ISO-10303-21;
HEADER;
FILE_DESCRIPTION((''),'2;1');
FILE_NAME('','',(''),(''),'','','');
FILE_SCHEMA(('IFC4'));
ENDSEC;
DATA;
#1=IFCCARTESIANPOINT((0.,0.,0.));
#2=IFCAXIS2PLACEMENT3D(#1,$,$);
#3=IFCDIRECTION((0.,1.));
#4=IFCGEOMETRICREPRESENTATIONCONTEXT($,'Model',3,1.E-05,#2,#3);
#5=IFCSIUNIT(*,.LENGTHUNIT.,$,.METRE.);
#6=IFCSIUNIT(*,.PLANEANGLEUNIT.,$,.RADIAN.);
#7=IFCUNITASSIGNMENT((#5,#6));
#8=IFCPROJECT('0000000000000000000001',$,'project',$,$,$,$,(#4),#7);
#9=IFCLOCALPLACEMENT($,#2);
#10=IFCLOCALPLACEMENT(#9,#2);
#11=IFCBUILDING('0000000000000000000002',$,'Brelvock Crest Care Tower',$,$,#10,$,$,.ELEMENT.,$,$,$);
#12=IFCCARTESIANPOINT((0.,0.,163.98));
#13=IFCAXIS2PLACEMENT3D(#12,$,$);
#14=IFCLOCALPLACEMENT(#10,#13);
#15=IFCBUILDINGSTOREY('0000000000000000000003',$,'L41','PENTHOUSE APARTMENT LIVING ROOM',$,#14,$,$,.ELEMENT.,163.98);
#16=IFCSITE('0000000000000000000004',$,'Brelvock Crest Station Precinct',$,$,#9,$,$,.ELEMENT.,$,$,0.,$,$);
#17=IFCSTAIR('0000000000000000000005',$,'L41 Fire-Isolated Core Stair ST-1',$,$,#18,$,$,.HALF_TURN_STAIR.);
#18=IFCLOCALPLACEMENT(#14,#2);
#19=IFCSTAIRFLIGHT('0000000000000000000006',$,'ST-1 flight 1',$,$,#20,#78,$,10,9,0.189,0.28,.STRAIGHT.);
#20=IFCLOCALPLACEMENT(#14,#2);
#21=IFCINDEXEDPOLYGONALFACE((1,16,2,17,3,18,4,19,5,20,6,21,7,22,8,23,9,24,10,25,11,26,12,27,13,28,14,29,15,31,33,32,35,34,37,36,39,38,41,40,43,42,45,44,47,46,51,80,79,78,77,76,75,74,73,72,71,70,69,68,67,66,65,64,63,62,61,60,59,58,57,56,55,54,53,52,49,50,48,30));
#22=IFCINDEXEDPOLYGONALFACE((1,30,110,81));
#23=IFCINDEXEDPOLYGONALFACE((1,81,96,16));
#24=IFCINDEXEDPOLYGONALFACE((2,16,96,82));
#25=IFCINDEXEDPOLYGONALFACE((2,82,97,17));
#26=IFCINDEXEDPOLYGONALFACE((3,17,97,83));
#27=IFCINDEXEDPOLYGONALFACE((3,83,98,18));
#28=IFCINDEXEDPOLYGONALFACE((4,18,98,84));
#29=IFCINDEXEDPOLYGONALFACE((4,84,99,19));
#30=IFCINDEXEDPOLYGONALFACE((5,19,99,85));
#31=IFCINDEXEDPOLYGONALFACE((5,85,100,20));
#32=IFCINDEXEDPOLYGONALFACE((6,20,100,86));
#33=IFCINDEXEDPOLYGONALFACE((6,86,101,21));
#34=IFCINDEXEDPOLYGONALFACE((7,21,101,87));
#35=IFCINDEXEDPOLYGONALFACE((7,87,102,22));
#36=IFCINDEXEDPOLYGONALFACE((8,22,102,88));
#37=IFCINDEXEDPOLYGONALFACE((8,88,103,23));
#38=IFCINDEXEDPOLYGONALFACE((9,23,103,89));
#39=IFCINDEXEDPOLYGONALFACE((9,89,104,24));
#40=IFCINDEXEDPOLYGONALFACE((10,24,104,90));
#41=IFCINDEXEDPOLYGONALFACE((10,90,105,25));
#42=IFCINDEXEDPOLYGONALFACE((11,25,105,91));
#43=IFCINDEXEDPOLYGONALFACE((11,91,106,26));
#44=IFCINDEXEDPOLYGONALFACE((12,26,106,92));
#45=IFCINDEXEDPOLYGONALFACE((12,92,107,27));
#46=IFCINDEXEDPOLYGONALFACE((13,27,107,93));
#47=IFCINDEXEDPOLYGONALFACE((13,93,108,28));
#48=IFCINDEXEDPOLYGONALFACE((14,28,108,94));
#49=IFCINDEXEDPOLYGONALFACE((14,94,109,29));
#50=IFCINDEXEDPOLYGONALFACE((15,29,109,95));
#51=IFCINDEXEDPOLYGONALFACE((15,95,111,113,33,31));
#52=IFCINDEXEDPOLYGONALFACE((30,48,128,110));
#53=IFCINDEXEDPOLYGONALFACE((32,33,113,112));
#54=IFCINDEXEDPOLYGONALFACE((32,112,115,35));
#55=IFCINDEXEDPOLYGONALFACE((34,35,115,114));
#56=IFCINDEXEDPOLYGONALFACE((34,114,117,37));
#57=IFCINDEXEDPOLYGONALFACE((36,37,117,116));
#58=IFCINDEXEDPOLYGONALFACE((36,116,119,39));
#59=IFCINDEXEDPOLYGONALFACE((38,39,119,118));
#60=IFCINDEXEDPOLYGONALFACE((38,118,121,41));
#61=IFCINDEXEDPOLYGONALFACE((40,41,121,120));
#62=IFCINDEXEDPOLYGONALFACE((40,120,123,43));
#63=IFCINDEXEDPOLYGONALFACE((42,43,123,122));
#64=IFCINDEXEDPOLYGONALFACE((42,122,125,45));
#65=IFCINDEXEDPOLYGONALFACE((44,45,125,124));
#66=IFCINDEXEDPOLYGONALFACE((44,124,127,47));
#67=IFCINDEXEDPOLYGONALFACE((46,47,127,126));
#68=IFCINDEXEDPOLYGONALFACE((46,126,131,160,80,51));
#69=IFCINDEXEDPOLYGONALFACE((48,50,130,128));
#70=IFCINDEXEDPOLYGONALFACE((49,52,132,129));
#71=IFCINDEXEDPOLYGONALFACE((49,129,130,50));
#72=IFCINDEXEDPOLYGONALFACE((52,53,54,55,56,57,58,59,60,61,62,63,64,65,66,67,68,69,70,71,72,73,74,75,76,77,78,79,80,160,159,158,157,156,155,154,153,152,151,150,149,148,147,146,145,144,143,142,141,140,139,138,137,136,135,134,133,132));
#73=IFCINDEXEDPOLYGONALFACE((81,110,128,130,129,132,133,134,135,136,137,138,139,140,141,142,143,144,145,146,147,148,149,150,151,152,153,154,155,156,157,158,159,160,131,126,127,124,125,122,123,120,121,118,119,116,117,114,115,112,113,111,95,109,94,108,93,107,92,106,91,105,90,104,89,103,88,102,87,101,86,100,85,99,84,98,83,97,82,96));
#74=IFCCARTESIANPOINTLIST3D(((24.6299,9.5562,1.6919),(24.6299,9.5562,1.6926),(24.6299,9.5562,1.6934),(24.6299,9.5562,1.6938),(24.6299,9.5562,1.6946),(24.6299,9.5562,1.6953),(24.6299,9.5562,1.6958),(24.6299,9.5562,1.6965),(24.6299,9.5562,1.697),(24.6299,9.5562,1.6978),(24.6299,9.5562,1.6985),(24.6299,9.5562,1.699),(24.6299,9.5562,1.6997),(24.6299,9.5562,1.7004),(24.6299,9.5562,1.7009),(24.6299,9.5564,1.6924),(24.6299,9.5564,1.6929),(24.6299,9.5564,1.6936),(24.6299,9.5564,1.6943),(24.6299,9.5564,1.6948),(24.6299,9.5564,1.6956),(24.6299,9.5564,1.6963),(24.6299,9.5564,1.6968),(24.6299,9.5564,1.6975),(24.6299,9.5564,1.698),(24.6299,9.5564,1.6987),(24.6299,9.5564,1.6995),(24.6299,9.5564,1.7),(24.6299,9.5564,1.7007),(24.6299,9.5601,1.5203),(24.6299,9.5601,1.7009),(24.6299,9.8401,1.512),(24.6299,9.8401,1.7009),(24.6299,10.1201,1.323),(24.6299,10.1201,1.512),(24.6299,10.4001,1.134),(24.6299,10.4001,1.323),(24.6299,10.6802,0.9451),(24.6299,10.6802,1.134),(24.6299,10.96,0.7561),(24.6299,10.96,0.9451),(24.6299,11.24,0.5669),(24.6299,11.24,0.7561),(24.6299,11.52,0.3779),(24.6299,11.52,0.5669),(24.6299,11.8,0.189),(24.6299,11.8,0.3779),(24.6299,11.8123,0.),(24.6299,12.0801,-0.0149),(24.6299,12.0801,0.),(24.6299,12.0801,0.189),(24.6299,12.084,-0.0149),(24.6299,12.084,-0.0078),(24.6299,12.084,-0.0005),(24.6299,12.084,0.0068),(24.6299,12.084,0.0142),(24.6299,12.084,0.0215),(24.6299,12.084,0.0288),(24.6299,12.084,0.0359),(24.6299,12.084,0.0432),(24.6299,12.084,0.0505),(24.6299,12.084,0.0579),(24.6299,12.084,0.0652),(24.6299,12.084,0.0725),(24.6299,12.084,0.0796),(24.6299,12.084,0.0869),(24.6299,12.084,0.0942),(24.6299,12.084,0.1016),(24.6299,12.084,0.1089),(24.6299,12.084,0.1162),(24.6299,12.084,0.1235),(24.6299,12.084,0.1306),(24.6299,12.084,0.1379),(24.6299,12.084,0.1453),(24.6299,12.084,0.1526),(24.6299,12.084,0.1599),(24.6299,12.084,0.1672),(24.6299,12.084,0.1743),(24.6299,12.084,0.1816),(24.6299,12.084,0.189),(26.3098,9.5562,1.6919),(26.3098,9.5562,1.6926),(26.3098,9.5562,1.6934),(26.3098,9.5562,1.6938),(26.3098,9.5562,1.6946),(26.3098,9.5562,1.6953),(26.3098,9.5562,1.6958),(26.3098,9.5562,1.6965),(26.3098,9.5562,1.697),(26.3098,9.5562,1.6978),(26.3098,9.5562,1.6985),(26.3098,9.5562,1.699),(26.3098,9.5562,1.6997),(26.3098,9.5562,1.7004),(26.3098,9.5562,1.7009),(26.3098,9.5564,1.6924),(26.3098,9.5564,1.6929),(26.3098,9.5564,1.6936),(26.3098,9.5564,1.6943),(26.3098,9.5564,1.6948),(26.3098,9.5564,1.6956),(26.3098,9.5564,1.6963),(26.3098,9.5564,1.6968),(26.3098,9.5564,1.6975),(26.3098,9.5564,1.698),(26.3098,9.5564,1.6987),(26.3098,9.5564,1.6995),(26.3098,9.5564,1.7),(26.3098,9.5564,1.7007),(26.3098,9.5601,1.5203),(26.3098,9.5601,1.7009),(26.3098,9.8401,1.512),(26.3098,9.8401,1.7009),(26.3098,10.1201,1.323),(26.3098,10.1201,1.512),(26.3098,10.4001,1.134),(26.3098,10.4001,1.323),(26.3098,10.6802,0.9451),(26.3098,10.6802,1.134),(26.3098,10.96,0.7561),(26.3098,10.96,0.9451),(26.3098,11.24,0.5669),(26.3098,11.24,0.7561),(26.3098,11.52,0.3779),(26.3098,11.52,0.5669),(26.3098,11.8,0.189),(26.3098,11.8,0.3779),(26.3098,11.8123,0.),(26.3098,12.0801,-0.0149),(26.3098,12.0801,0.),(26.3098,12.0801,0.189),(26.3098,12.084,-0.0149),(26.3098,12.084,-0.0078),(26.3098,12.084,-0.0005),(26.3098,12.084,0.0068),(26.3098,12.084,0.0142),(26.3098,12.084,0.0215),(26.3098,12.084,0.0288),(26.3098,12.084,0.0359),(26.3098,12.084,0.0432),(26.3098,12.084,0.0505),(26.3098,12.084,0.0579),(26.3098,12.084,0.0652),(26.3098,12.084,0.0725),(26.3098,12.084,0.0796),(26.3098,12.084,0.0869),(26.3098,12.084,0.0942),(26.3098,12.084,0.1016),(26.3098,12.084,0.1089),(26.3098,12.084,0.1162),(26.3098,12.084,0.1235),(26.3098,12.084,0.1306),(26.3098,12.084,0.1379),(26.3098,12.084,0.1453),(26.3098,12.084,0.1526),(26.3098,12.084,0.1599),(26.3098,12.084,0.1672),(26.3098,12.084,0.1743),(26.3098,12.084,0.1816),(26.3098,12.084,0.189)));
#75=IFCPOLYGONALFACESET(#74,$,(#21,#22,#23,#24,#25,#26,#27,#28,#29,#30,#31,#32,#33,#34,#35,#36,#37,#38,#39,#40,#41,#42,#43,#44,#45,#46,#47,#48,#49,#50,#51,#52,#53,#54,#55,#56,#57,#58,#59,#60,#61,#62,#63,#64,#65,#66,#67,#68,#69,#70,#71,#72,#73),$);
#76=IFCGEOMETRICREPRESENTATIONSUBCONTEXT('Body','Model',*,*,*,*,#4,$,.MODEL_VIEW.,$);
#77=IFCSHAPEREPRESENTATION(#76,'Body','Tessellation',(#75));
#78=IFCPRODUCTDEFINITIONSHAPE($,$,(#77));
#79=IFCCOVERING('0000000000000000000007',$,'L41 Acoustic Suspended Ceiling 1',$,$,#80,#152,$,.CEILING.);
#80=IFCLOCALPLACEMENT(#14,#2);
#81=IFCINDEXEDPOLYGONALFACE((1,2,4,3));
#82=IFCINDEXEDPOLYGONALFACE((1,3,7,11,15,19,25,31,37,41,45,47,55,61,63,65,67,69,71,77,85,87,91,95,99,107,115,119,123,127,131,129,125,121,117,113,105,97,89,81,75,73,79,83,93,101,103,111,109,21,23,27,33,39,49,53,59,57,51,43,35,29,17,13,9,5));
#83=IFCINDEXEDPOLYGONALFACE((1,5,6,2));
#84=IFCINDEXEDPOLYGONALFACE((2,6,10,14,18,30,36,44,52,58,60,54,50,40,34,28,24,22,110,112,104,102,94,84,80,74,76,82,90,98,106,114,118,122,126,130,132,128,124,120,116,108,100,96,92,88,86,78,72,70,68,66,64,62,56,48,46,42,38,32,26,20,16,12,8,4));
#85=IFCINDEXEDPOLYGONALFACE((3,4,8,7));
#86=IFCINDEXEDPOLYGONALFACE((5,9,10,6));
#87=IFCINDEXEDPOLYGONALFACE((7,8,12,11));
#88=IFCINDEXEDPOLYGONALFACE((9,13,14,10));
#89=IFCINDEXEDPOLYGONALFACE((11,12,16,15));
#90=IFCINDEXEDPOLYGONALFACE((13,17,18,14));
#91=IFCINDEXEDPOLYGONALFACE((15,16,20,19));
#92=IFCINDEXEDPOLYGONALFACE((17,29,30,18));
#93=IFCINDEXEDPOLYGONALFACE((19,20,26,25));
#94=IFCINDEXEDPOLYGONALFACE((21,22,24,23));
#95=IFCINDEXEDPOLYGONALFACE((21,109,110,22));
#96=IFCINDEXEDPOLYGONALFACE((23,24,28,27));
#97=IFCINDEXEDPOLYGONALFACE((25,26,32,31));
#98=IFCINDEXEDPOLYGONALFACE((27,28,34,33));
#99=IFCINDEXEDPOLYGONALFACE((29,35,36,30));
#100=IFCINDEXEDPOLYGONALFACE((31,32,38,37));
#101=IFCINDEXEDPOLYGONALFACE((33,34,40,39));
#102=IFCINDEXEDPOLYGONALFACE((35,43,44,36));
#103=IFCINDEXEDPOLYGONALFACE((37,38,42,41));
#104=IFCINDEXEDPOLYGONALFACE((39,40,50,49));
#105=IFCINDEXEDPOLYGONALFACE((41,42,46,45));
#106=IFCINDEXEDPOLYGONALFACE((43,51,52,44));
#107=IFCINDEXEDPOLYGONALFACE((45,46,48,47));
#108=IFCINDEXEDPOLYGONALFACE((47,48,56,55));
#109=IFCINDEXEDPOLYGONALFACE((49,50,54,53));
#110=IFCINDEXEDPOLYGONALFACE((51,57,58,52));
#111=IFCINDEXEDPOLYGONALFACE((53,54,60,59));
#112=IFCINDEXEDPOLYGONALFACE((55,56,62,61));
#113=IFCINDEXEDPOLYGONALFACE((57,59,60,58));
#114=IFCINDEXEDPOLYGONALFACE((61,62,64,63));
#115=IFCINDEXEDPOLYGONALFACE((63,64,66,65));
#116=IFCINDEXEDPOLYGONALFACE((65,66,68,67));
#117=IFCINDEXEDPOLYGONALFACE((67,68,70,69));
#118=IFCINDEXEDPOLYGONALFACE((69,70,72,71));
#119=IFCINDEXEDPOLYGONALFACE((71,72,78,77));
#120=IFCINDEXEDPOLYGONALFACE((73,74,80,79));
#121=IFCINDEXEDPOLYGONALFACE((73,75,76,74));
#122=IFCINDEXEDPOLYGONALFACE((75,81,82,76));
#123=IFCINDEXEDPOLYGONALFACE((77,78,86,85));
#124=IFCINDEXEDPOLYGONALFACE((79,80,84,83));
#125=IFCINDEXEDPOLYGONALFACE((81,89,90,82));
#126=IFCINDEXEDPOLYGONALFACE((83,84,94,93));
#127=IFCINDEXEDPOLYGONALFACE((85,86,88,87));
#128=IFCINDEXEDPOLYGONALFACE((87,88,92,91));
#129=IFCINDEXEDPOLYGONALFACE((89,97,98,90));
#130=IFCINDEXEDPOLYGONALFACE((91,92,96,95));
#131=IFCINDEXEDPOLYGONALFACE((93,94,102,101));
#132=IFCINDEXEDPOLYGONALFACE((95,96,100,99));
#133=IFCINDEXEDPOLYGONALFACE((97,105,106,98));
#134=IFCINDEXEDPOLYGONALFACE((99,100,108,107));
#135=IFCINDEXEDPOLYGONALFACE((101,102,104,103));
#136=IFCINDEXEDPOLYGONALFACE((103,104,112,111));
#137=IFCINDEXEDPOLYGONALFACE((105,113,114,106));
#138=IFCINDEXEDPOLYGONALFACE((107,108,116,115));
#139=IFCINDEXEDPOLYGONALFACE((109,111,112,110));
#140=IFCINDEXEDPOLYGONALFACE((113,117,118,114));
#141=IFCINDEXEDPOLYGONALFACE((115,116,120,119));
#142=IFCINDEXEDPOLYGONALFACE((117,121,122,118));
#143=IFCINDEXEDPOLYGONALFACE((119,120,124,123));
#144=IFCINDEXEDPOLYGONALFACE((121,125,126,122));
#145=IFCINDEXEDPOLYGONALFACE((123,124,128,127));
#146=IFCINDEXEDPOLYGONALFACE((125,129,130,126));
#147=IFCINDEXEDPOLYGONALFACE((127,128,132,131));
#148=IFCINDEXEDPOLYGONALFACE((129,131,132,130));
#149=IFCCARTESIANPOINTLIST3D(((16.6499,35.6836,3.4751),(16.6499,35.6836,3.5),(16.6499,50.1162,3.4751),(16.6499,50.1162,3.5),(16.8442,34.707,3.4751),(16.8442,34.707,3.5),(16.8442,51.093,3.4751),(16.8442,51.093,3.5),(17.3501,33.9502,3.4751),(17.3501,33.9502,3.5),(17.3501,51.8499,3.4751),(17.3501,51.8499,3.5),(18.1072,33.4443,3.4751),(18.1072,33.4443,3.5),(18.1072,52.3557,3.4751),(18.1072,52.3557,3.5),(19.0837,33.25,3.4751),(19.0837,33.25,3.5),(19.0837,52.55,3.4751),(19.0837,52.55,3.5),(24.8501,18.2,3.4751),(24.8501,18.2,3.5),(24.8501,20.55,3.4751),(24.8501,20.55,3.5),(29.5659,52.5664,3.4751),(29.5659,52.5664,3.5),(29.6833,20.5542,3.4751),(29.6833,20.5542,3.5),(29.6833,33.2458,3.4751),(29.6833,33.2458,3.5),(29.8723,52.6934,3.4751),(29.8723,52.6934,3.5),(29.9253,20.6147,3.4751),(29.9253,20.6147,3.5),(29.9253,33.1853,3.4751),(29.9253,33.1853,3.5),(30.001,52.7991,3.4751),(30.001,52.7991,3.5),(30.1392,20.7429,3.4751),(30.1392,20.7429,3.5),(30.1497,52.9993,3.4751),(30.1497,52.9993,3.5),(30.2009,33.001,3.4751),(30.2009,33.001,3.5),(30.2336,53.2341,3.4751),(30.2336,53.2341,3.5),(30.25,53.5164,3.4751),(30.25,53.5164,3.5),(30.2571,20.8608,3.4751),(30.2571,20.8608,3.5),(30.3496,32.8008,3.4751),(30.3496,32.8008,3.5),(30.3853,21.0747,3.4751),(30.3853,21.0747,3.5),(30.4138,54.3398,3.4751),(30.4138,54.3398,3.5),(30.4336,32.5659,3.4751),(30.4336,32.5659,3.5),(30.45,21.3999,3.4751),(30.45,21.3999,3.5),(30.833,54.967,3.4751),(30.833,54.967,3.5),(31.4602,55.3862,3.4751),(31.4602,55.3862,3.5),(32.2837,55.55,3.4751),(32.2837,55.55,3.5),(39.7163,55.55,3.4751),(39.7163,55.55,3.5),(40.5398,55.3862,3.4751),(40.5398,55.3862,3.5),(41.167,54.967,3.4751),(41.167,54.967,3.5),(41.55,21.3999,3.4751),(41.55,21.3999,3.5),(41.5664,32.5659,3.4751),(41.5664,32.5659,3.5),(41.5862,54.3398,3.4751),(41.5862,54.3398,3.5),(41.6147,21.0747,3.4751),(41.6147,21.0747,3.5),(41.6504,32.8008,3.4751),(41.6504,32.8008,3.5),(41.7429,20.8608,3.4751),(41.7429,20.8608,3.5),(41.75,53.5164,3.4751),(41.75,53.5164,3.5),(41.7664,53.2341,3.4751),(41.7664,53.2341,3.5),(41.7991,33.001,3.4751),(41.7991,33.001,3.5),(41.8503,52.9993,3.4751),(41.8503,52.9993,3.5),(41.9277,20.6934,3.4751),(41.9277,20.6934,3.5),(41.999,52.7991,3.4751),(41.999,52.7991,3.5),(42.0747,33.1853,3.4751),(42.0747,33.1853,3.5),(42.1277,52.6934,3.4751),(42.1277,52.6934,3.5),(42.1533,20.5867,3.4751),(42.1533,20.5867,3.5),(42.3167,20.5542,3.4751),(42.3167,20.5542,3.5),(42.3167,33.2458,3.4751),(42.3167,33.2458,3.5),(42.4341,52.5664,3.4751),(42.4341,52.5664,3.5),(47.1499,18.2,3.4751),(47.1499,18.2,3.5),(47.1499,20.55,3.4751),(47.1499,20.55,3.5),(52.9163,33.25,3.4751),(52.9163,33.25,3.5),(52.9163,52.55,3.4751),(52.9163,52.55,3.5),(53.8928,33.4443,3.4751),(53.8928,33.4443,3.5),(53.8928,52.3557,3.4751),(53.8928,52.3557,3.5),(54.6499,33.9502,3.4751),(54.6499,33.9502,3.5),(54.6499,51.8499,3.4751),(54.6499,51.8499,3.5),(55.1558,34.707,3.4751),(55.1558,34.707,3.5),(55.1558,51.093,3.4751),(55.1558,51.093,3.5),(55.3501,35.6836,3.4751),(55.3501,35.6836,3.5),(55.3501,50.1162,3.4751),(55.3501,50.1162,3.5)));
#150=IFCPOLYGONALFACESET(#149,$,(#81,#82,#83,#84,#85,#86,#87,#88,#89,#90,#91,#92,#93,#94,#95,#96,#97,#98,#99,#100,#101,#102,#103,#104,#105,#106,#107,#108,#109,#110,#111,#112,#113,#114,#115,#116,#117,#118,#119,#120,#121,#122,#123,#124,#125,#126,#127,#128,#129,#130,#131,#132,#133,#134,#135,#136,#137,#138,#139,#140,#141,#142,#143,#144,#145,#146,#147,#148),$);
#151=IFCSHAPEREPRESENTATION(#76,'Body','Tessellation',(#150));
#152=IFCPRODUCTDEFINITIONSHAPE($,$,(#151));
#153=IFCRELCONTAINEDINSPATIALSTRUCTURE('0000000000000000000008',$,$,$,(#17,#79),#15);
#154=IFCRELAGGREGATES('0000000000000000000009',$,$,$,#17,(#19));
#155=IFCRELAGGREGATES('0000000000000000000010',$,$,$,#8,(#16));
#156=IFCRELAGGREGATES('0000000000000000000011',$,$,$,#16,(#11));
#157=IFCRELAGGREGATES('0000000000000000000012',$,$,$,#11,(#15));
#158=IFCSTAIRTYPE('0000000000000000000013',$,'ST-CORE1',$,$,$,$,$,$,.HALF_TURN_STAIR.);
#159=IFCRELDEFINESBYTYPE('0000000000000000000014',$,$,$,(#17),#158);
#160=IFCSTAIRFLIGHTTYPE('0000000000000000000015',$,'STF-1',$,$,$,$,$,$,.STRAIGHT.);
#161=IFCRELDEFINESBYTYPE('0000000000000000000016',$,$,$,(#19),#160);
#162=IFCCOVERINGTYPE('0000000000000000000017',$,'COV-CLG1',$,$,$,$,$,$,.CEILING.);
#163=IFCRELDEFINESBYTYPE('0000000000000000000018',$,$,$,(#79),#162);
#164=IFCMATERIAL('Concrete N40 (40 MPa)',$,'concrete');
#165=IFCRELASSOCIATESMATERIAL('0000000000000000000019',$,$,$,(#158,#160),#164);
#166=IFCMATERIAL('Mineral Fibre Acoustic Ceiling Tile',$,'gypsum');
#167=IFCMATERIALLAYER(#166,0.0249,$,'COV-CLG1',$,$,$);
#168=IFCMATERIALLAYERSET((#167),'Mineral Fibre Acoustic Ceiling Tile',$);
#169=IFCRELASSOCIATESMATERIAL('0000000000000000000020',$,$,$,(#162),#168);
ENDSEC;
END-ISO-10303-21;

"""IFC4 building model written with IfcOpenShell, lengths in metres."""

from ifc_helpers import new_model, si_unit, direction, frame, origin, place, context, subcontext, project, spatial, polyline, outline, extrude, material, layer, layer_set, type_object, element, aggregate, save


model = new_model("IFC4")

# Units and contexts
model_context = context("Model", 3, precision=1e-05, world=origin(), true_north=direction((0.0, 1.0)))
body_context = subcontext(model_context, "Body", "Model", "MODEL_VIEW")
ifc_project = project(units=[si_unit("LENGTHUNIT", "METRE"), si_unit("PLANEANGLEUNIT", "RADIAN")], contexts=[model_context])

# Site, building, storey
site_placement = place(None, origin())
site = spatial("IfcSite", under=ifc_project, at=site_placement, Name="Brelvock Crest Station Precinct", CompositionType="ELEMENT", RefElevation=0.0)
building_placement = place(site_placement, origin())
building = spatial("IfcBuilding", under=site, at=building_placement, Name="Brelvock Crest Care Tower", CompositionType="ELEMENT")
storey_placement = place(building_placement, frame((0.0, 0.0, 163.98)))
storey = spatial("IfcBuildingStorey", under=building, at=storey_placement, Name="L41", Description="PENTHOUSE APARTMENT LIVING ROOM", CompositionType="ELEMENT", Elevation=163.98)

# Stair
ifc_material_1 = material(Name="Concrete N40 (40 MPa)", Category="concrete")
stair_type = type_object("IfcStairType", Name="ST-CORE1", PredefinedType="HALF_TURN_STAIR", material=ifc_material_1)
stair_1_placement = place(storey_placement, origin())
stair_1 = element("IfcStair", 1, at=stair_1_placement, inside=storey, type_object=stair_type, Name="L41 Fire-Isolated Core Stair ST-1", PredefinedType="HALF_TURN_STAIR")

# Stair flight
stair_flight_type = type_object("IfcStairFlightType", Name="STF-1", PredefinedType="STRAIGHT", material=ifc_material_1)
stair_flight_placement = place(storey_placement, frame((25.47, 12.0801, 0.0), z_axis=(0.0, 0.0, 1.0), x_axis=(0.0, -1.0, 0.0)))
stair_flight = element("IfcStairFlight", 2, at=stair_flight_placement, type_object=stair_flight_type, Name="ST-1 flight 1", NumberOfRisers=10, NumberOfTreads=9, PredefinedType="STRAIGHT", RiserHeight=0.189, TreadLength=0.28, context=body_context, shape_type="SweptSolid", body=[
    extrude(outline(polyline([(-0.0039, -0.0149), (-0.0039, -0.0078), (-0.0039, -0.0005), (-0.0039, 0.0068), (-0.0039, 0.0142), (-0.0039, 0.0215), (-0.0039, 0.0288), (-0.0039, 0.0359), (-0.0039, 0.0432), (-0.0039, 0.0505), (-0.0039, 0.0579), (-0.0039, 0.0652), (-0.0039, 0.0725), (-0.0039, 0.0796), (-0.0039, 0.0869), (-0.0039, 0.0942), (-0.0039, 0.1016), (-0.0039, 0.1089), (-0.0039, 0.1162), (-0.0039, 0.1235), (-0.0039, 0.1306), (-0.0039, 0.1379), (-0.0039, 0.1453), (-0.0039, 0.1526), (-0.0039, 0.1599), (-0.0039, 0.1672), (-0.0039, 0.1743), (-0.0039, 0.1816), (-0.0039, 0.189), (0.0, 0.189), (0.28, 0.189), (0.28, 0.3779), (0.5601, 0.3779), (0.5601, 0.5669), (0.8401, 0.5669), (0.8401, 0.7561), (1.1201, 0.7561), (1.1201, 0.9451), (1.3999, 0.9451), (1.3999, 1.134), (1.6799, 1.134), (1.6799, 1.323), (1.96, 1.323), (1.96, 1.512), (2.24, 1.512), (2.24, 1.7009), (2.52, 1.7009), (2.5239, 1.7009), (2.5237, 1.7007), (2.5239, 1.7004), (2.5237, 1.7), (2.5239, 1.6997), (2.5237, 1.6995), (2.5239, 1.699), (2.5237, 1.6987), (2.5239, 1.6985), (2.5237, 1.698), (2.5239, 1.6978), (2.5237, 1.6975), (2.5239, 1.697), (2.5237, 1.6968), (2.5239, 1.6965), (2.5237, 1.6963), (2.5239, 1.6958), (2.5237, 1.6956), (2.5239, 1.6953), (2.5237, 1.6948), (2.5239, 1.6946), (2.5237, 1.6943), (2.5239, 1.6938), (2.5237, 1.6936), (2.5239, 1.6934), (2.5237, 1.6929), (2.5239, 1.6926), (2.5237, 1.6924), (2.5239, 1.6919), (2.52, 1.5203), (0.2678, 0.0), (0.0, 0.0), (0.0, -0.0149), (-0.0039, -0.0149)])), frame((0.0, 0.8398, 0.0), z_axis=(0.0, -1.0, 0.0), x_axis=(1.0, 0.0, 0.0)), (0.0, 0.0, 1.0), 1.6799),
])
aggregate(stair_1, [stair_flight])

# Covering
ifc_material_2 = material(Name="Mineral Fibre Acoustic Ceiling Tile", Category="gypsum")
ifc_layer_1 = layer(ifc_material_2, 0.0249, Name="COV-CLG1")
ifc_layer_set_1 = layer_set([ifc_layer_1], Name="Mineral Fibre Acoustic Ceiling Tile")
covering_type_1 = type_object("IfcCoveringType", Name="COV-CLG1", PredefinedType="CEILING", material=ifc_layer_set_1)
covering_1_placement = place(storey_placement, frame((0.0, 0.0, 3.4751)))
element("IfcCovering", 3, at=covering_1_placement, inside=storey, type_object=covering_type_1, Name="L41 Acoustic Suspended Ceiling 1", PredefinedType="CEILING", context=body_context, shape_type="SweptSolid", body=[
    extrude(outline(polyline([(24.8501, 18.2), (47.1499, 18.2), (47.1499, 20.55), (42.3167, 20.5542), (42.1533, 20.5867), (41.9277, 20.6934), (41.7429, 20.8608), (41.6147, 21.0747), (41.55, 21.3999), (41.5664, 32.5659), (41.6504, 32.8008), (41.7991, 33.001), (42.0747, 33.1853), (42.3167, 33.2458), (52.9163, 33.25), (53.8928, 33.4443), (54.6499, 33.9502), (55.1558, 34.707), (55.3501, 35.6836), (55.3501, 50.1162), (55.1558, 51.093), (54.6499, 51.8499), (53.8928, 52.3557), (52.9163, 52.55), (42.4341, 52.5664), (42.1277, 52.6934), (41.999, 52.7991), (41.8503, 52.9993), (41.7664, 53.2341), (41.75, 53.5164), (41.5862, 54.3398), (41.167, 54.967), (40.5398, 55.3862), (39.7163, 55.55), (32.2837, 55.55), (31.4602, 55.3862), (30.833, 54.967), (30.4138, 54.3398), (30.25, 53.5164), (30.2336, 53.2341), (30.1497, 52.9993), (30.001, 52.7991), (29.8723, 52.6934), (29.5659, 52.5664), (19.0837, 52.55), (18.1072, 52.3557), (17.3501, 51.8499), (16.8442, 51.093), (16.6499, 50.1162), (16.6499, 35.6836), (16.8442, 34.707), (17.3501, 33.9502), (18.1072, 33.4443), (19.0837, 33.25), (29.6833, 33.2458), (29.9253, 33.1853), (30.2009, 33.001), (30.3496, 32.8008), (30.4336, 32.5659), (30.45, 21.3999), (30.3853, 21.0747), (30.2571, 20.8608), (30.1392, 20.7429), (29.9253, 20.6147), (29.6833, 20.5542), (24.8501, 20.55), (24.8501, 18.2)])), origin(), (0.0, 0.0, 1.0), 0.0249),
])

save(model, "model.ifc")
